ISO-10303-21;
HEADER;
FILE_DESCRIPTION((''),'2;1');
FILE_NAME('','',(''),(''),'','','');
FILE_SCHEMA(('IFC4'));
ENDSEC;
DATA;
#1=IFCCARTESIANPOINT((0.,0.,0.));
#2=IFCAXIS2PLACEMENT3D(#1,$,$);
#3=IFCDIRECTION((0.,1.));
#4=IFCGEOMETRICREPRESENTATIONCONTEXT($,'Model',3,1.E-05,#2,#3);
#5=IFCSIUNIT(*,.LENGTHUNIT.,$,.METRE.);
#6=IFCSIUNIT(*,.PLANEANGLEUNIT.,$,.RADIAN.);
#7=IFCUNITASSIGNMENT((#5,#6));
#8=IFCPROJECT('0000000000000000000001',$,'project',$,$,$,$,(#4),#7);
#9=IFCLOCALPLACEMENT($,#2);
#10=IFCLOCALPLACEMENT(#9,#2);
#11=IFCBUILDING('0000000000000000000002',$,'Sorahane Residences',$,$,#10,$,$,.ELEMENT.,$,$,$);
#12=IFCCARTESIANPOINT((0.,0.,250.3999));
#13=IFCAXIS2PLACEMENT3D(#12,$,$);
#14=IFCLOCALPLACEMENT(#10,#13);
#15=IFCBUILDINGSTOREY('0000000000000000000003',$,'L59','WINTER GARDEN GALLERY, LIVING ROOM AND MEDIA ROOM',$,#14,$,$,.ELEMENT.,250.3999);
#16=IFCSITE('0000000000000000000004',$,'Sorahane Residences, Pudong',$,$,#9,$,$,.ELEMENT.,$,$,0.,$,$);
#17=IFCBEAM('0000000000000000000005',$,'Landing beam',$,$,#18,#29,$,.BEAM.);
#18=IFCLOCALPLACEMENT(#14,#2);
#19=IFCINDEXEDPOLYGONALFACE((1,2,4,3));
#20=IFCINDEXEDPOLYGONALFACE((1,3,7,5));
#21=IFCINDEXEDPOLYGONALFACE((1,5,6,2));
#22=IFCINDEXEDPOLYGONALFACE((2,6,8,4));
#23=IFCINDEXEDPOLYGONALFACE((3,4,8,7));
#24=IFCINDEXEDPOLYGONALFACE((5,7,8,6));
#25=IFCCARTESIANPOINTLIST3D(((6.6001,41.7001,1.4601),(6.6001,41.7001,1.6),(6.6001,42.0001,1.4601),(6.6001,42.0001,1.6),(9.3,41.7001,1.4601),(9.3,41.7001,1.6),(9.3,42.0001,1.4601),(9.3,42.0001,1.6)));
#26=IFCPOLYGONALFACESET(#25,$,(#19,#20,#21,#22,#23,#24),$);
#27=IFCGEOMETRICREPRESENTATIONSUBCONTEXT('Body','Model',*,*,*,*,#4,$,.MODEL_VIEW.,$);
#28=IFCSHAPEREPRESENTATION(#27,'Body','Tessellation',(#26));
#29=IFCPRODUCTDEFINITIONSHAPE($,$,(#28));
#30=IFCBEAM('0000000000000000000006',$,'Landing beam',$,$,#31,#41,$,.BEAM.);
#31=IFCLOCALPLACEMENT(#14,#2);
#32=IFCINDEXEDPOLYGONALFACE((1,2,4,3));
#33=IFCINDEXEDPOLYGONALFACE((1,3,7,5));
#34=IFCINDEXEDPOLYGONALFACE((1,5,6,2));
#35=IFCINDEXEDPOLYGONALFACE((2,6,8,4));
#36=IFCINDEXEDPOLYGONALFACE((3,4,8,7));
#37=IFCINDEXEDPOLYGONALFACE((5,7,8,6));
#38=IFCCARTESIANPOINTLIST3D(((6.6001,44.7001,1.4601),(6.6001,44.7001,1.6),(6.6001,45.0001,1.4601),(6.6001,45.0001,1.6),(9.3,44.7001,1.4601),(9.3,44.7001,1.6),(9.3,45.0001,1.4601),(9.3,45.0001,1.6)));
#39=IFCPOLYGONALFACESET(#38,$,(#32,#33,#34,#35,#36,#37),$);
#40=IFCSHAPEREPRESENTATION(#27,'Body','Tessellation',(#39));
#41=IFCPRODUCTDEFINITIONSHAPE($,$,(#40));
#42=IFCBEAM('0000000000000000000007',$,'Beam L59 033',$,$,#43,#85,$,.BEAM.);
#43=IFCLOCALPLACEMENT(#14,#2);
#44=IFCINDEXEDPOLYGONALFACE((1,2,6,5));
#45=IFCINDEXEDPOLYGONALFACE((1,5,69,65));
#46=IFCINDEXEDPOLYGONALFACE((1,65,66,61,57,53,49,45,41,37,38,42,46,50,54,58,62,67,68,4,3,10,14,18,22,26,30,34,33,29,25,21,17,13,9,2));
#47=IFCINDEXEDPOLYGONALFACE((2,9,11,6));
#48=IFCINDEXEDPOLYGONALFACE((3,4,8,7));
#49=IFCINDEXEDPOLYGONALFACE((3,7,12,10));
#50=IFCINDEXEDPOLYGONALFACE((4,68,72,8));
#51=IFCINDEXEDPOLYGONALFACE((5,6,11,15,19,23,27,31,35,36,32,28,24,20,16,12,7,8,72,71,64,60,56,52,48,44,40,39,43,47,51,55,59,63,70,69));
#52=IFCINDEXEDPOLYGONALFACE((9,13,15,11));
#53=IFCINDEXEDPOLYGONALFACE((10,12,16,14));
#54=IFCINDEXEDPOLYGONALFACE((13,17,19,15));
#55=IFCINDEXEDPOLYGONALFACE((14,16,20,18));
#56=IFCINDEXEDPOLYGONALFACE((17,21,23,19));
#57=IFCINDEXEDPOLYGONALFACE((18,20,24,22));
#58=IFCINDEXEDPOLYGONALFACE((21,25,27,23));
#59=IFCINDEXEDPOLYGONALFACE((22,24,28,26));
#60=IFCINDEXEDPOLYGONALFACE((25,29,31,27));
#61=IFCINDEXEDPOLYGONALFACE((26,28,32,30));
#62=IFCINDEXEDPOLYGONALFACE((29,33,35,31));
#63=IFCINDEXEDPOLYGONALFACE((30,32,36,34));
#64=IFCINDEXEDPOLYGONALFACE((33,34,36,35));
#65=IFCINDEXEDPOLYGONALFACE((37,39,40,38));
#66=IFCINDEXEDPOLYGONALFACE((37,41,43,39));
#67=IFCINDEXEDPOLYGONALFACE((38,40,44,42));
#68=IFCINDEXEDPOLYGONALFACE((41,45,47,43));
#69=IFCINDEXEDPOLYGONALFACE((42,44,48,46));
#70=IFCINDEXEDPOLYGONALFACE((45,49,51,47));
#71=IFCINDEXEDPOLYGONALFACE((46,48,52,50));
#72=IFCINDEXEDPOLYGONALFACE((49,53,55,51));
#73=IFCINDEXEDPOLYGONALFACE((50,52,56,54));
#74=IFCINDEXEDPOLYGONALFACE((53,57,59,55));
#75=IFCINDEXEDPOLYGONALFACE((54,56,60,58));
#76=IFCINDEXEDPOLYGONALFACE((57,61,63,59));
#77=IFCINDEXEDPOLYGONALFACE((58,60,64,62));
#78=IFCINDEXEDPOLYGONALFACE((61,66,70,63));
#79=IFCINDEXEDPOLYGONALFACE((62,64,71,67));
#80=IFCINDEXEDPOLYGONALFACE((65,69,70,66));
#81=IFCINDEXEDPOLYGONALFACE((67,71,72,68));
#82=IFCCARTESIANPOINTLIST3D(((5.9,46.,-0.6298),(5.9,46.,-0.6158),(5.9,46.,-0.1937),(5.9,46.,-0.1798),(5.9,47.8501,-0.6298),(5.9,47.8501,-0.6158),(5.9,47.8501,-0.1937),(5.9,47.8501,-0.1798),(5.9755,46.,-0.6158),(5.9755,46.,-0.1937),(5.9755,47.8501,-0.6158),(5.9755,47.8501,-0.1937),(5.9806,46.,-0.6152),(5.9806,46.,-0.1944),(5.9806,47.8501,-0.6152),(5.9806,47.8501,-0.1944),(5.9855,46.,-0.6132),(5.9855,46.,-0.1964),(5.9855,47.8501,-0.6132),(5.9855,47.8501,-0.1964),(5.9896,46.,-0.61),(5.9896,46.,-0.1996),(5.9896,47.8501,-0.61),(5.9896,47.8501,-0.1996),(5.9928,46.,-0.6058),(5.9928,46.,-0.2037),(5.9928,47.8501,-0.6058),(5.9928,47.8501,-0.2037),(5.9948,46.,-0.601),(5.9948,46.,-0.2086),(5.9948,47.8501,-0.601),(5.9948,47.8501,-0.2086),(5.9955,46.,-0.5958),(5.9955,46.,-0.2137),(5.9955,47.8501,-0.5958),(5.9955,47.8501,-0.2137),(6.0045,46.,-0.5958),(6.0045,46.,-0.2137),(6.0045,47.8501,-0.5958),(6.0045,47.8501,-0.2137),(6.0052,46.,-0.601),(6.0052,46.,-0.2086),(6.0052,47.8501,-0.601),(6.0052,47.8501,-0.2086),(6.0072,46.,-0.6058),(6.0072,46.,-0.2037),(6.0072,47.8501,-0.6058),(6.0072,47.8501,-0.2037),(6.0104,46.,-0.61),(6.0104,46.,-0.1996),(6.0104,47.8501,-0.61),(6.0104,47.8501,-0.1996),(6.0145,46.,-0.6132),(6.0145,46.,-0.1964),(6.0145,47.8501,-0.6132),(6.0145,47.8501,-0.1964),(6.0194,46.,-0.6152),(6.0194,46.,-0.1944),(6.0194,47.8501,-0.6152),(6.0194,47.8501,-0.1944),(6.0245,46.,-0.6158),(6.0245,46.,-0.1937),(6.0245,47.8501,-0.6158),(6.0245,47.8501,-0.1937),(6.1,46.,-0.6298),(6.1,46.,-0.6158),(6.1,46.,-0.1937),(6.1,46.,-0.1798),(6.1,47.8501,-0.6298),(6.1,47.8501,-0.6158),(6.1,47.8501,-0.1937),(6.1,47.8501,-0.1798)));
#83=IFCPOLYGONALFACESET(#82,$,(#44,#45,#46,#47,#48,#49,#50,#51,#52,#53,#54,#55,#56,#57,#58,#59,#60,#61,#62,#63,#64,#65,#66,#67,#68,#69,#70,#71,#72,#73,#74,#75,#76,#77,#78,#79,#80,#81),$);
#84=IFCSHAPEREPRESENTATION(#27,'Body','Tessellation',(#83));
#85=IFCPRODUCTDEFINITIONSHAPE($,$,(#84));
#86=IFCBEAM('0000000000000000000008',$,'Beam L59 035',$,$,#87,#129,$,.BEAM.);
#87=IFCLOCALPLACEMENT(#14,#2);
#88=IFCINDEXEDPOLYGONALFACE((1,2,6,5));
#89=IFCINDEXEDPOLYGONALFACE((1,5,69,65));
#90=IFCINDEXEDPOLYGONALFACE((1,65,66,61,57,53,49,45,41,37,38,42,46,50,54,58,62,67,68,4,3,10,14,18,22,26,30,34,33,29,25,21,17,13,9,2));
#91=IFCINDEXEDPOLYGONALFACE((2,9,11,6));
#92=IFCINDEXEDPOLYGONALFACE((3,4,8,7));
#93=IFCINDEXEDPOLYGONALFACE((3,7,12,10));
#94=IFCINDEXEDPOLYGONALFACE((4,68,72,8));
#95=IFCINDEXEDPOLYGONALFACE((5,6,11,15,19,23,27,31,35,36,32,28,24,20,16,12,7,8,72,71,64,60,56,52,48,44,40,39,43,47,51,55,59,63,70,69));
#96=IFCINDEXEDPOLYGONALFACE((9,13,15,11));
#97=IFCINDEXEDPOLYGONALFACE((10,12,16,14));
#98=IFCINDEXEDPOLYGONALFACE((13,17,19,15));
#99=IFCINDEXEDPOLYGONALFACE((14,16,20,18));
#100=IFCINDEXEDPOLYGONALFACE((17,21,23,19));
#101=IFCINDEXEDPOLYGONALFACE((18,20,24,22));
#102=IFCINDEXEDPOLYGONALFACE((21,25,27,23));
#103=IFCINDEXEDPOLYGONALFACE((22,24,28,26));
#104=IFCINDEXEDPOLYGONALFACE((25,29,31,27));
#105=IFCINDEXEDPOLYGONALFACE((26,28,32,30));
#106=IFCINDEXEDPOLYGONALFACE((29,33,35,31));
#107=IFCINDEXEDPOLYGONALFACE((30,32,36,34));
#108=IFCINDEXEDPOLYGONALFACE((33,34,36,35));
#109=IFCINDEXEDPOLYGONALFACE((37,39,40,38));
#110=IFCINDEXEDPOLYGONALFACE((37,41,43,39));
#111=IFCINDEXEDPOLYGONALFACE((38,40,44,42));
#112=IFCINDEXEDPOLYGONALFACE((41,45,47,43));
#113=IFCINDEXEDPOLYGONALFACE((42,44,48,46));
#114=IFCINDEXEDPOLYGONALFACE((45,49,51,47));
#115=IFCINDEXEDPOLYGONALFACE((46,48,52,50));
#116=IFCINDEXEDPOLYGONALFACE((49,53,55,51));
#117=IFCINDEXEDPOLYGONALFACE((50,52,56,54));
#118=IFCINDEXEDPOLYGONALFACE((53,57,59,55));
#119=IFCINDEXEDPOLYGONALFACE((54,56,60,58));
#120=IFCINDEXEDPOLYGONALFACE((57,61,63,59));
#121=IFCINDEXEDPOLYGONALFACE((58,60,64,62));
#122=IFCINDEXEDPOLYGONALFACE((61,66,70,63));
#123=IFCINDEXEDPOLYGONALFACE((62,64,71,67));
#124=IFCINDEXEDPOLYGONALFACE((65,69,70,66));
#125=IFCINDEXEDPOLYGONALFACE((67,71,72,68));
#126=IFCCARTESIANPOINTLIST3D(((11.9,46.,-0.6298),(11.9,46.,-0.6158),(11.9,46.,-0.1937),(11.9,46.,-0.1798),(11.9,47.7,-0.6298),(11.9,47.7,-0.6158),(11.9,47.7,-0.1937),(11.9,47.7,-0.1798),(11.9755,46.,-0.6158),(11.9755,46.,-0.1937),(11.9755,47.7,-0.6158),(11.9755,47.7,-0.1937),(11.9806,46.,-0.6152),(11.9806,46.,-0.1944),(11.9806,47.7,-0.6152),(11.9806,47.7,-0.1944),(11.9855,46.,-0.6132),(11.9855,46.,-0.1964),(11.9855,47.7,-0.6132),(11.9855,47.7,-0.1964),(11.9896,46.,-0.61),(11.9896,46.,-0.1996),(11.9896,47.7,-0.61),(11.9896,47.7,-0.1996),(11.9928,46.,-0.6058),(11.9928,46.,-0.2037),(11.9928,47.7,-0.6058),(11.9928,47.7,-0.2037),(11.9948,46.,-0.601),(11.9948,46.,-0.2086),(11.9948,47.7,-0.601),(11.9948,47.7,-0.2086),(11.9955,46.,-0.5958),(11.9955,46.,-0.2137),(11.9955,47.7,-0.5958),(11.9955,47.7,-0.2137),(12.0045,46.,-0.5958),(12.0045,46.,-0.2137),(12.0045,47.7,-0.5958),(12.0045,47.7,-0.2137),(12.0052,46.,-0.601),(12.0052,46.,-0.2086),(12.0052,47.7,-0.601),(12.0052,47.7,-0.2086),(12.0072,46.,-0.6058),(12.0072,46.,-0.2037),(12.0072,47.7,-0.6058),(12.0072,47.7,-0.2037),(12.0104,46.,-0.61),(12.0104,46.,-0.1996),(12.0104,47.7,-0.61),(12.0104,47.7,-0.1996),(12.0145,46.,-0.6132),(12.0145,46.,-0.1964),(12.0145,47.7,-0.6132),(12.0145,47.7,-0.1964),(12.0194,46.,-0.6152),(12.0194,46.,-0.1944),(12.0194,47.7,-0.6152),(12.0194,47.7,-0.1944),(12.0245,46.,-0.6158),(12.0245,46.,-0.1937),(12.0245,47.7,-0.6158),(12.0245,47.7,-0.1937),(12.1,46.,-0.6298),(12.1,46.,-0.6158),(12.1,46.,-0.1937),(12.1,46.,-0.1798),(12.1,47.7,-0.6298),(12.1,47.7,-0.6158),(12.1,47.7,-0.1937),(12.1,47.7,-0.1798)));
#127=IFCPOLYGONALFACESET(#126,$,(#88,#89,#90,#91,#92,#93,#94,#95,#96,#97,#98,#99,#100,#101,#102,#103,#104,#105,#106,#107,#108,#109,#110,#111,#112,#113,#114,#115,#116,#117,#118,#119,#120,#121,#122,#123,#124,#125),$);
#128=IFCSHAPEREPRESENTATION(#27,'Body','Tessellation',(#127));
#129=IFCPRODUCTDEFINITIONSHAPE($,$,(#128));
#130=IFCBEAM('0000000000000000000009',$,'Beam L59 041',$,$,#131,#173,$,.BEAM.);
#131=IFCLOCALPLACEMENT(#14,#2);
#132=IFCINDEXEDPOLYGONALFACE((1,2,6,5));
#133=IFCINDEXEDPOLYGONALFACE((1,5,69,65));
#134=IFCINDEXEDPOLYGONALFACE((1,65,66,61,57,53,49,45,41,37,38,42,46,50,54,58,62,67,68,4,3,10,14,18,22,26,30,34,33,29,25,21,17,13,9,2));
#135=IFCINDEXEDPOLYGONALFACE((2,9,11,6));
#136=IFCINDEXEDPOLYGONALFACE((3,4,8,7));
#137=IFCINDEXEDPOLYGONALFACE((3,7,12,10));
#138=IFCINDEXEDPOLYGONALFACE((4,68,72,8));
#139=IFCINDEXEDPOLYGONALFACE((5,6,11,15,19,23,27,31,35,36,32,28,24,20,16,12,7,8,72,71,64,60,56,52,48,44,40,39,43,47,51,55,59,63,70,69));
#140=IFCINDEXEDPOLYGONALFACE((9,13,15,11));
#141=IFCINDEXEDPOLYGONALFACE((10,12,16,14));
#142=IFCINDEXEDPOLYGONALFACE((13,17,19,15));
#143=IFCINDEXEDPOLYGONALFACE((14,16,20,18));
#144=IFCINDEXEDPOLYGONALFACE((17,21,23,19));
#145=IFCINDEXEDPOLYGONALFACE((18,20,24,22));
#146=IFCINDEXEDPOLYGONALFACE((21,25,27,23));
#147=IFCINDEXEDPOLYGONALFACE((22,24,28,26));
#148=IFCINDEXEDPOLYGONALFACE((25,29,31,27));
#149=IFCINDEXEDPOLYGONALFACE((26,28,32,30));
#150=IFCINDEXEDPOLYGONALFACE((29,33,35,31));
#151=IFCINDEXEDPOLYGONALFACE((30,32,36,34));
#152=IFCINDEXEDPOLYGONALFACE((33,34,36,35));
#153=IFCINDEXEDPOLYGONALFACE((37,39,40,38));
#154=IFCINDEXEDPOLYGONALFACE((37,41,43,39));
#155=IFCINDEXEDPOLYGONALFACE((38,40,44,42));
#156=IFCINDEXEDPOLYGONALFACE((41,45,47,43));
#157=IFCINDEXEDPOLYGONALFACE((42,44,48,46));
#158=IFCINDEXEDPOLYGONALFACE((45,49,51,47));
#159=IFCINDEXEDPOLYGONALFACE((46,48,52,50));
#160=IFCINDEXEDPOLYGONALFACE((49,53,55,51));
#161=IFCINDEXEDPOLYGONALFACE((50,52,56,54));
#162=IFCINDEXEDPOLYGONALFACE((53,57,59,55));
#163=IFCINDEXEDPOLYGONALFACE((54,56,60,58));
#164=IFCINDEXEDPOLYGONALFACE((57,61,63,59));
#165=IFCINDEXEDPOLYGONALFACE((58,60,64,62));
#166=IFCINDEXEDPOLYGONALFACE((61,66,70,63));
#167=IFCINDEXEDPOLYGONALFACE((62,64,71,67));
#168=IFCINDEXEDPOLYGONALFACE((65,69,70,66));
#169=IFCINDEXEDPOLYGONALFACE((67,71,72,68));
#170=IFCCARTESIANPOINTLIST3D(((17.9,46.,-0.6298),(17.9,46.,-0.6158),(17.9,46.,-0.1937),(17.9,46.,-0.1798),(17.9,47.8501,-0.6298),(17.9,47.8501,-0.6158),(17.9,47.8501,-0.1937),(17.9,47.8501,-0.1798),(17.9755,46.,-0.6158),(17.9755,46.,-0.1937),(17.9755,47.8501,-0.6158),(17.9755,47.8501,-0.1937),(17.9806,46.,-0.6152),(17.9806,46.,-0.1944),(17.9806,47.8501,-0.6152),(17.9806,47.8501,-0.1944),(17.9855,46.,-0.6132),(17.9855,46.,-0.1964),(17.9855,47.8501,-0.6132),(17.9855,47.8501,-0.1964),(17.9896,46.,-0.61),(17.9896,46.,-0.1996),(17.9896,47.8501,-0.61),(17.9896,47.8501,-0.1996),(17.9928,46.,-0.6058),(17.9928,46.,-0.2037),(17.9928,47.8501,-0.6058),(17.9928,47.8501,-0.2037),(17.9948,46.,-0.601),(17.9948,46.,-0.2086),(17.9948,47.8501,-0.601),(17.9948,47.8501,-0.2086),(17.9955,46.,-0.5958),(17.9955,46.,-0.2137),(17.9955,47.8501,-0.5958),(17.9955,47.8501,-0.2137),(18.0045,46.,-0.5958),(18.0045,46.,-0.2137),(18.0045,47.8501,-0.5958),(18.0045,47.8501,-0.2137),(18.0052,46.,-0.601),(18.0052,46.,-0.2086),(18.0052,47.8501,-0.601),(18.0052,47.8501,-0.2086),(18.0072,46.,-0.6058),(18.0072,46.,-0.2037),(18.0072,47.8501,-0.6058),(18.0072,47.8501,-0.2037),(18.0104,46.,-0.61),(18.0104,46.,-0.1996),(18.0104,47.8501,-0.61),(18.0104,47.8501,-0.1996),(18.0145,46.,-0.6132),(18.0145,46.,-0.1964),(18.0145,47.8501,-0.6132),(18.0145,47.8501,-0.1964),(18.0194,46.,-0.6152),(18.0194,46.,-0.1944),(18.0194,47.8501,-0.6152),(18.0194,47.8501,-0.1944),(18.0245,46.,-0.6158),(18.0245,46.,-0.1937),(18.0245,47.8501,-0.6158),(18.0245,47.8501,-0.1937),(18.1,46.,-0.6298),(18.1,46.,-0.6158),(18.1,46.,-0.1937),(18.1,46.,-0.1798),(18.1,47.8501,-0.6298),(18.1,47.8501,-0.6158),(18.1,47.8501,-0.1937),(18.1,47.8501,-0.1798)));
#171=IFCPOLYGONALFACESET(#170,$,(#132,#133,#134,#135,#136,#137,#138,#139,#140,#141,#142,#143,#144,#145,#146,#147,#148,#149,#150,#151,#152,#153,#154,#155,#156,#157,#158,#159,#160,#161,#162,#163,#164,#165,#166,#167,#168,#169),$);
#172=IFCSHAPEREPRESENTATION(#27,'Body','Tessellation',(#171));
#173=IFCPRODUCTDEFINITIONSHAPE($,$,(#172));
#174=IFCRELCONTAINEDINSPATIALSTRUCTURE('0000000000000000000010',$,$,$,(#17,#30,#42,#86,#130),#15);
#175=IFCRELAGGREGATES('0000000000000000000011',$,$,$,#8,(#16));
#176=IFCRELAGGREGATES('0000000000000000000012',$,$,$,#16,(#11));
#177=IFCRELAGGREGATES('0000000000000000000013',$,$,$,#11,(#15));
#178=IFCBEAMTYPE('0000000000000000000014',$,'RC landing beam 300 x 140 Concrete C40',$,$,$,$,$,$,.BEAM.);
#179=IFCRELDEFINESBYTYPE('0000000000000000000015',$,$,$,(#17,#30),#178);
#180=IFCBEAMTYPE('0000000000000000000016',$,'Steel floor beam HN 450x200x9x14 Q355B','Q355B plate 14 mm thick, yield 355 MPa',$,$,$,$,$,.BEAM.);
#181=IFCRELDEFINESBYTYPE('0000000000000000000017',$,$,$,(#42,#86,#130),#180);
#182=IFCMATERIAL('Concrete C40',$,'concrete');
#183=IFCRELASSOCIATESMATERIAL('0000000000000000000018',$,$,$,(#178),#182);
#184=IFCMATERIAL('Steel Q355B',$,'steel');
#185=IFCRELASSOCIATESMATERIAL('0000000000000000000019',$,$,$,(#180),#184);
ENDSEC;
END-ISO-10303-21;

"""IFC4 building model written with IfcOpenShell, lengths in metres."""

from ifc_helpers import new_model, si_unit, direction, frame, origin, origin_2d, place, context, subcontext, project, spatial, rectangle, i_section, extrude, material, material_profile, profile_set, type_object, element, save


model = new_model("IFC4")

# Units and contexts
model_context = context("Model", 3, precision=1e-05, world=origin(), true_north=direction((0.0, 1.0)))
body_context = subcontext(model_context, "Body", "Model", "MODEL_VIEW")
ifc_project = project(units=[si_unit("LENGTHUNIT", "METRE"), si_unit("PLANEANGLEUNIT", "RADIAN")], contexts=[model_context])

# Site, building, storey
site_placement = place(None, origin())
site = spatial("IfcSite", under=ifc_project, at=site_placement, Name="Sorahane Residences, Pudong", CompositionType="ELEMENT", RefElevation=0.0)
building_placement = place(site_placement, origin())
building = spatial("IfcBuilding", under=site, at=building_placement, Name="Sorahane Residences", CompositionType="ELEMENT")
storey_placement = place(building_placement, frame((0.0, 0.0, 250.3999)))
storey = spatial("IfcBuildingStorey", under=building, at=storey_placement, Name="L59", Description="WINTER GARDEN GALLERY, LIVING ROOM AND MEDIA ROOM", CompositionType="ELEMENT", Elevation=250.3999)

# Beams
ifc_material_1 = material(Name="Concrete C40", Category="concrete")
ifc_material_profile_1 = material_profile(ifc_material_1, rectangle(XDim=0.3, YDim=0.1399, at=origin_2d()), Name="300x140")
ifc_profile_set_1 = profile_set([ifc_material_profile_1], Name="Concrete C40")
beam_type_1 = type_object("IfcBeamType", Name="RC landing beam 300 x 140 Concrete C40", PredefinedType="BEAM", material=ifc_profile_set_1)
for number, where, z_axis, x_axis, name in (
    (1, (6.6001, 41.8501, 1.53), (1.0, 0.0, 0.0), (0.0, 1.0, 0.0), "Landing beam"),
    (2, (6.6001, 44.8501, 1.53), (1.0, 0.0, 0.0), (0.0, 1.0, 0.0), "Landing beam"),
):
    element("IfcBeam", number, at=place(storey_placement, frame(where, z_axis=z_axis, x_axis=x_axis)), inside=storey, type_object=beam_type_1, Name=name, PredefinedType="BEAM", context=body_context, shape_type="SweptSolid", body=[
        extrude(rectangle(XDim=0.3, YDim=0.1399, at=origin_2d()), origin(), (0.0, 0.0, 1.0), 2.7),
    ])
ifc_material_2 = material(Name="Steel Q355B", Category="steel")
ifc_material_profile_2 = material_profile(ifc_material_2, i_section(OverallWidth=0.2, OverallDepth=0.45, WebThickness=0.009, FlangeThickness=0.0139, FilletRadius=0.02, at=origin_2d()), Name="HN 450x200x9x14")
ifc_profile_set_2 = profile_set([ifc_material_profile_2], Name="Steel Q355B")
beam_type_2 = type_object("IfcBeamType", Name="Steel floor beam HN 450x200x9x14 Q355B", Description="Q355B plate 14 mm thick, yield 355 MPa", PredefinedType="BEAM", material=ifc_profile_set_2)
beam_1_placement = place(storey_placement, frame((6.0, 46.0, -0.4048), z_axis=(0.0, 1.0, 0.0), x_axis=(-1.0, 0.0, 0.0)))
element("IfcBeam", 3, at=beam_1_placement, inside=storey, type_object=beam_type_2, Name="Beam L59 033", PredefinedType="BEAM", context=body_context, shape_type="SweptSolid", body=[
    extrude(i_section(OverallWidth=0.2, OverallDepth=0.45, WebThickness=0.009, FlangeThickness=0.0139, FilletRadius=0.02, at=origin_2d()), origin(), (0.0, 0.0, 1.0), 1.8501),
])
beam_2_placement = place(storey_placement, frame((12.0, 46.0, -0.4048), z_axis=(0.0, 1.0, 0.0), x_axis=(-1.0, 0.0, 0.0)))
element("IfcBeam", 4, at=beam_2_placement, inside=storey, type_object=beam_type_2, Name="Beam L59 035", PredefinedType="BEAM", context=body_context, shape_type="SweptSolid", body=[
    extrude(i_section(OverallWidth=0.2, OverallDepth=0.45, WebThickness=0.009, FlangeThickness=0.0139, FilletRadius=0.02, at=origin_2d()), origin(), (0.0, 0.0, 1.0), 1.7),
])
beam_3_placement = place(storey_placement, frame((18.0, 46.0, -0.4048), z_axis=(0.0, 1.0, 0.0), x_axis=(-1.0, 0.0, 0.0)))
element("IfcBeam", 5, at=beam_3_placement, inside=storey, type_object=beam_type_2, Name="Beam L59 041", PredefinedType="BEAM", context=body_context, shape_type="SweptSolid", body=[
    extrude(i_section(OverallWidth=0.2, OverallDepth=0.45, WebThickness=0.009, FlangeThickness=0.0139, FilletRadius=0.02, at=origin_2d()), origin(), (0.0, 0.0, 1.0), 1.8501),
])

save(model, "model.ifc")
